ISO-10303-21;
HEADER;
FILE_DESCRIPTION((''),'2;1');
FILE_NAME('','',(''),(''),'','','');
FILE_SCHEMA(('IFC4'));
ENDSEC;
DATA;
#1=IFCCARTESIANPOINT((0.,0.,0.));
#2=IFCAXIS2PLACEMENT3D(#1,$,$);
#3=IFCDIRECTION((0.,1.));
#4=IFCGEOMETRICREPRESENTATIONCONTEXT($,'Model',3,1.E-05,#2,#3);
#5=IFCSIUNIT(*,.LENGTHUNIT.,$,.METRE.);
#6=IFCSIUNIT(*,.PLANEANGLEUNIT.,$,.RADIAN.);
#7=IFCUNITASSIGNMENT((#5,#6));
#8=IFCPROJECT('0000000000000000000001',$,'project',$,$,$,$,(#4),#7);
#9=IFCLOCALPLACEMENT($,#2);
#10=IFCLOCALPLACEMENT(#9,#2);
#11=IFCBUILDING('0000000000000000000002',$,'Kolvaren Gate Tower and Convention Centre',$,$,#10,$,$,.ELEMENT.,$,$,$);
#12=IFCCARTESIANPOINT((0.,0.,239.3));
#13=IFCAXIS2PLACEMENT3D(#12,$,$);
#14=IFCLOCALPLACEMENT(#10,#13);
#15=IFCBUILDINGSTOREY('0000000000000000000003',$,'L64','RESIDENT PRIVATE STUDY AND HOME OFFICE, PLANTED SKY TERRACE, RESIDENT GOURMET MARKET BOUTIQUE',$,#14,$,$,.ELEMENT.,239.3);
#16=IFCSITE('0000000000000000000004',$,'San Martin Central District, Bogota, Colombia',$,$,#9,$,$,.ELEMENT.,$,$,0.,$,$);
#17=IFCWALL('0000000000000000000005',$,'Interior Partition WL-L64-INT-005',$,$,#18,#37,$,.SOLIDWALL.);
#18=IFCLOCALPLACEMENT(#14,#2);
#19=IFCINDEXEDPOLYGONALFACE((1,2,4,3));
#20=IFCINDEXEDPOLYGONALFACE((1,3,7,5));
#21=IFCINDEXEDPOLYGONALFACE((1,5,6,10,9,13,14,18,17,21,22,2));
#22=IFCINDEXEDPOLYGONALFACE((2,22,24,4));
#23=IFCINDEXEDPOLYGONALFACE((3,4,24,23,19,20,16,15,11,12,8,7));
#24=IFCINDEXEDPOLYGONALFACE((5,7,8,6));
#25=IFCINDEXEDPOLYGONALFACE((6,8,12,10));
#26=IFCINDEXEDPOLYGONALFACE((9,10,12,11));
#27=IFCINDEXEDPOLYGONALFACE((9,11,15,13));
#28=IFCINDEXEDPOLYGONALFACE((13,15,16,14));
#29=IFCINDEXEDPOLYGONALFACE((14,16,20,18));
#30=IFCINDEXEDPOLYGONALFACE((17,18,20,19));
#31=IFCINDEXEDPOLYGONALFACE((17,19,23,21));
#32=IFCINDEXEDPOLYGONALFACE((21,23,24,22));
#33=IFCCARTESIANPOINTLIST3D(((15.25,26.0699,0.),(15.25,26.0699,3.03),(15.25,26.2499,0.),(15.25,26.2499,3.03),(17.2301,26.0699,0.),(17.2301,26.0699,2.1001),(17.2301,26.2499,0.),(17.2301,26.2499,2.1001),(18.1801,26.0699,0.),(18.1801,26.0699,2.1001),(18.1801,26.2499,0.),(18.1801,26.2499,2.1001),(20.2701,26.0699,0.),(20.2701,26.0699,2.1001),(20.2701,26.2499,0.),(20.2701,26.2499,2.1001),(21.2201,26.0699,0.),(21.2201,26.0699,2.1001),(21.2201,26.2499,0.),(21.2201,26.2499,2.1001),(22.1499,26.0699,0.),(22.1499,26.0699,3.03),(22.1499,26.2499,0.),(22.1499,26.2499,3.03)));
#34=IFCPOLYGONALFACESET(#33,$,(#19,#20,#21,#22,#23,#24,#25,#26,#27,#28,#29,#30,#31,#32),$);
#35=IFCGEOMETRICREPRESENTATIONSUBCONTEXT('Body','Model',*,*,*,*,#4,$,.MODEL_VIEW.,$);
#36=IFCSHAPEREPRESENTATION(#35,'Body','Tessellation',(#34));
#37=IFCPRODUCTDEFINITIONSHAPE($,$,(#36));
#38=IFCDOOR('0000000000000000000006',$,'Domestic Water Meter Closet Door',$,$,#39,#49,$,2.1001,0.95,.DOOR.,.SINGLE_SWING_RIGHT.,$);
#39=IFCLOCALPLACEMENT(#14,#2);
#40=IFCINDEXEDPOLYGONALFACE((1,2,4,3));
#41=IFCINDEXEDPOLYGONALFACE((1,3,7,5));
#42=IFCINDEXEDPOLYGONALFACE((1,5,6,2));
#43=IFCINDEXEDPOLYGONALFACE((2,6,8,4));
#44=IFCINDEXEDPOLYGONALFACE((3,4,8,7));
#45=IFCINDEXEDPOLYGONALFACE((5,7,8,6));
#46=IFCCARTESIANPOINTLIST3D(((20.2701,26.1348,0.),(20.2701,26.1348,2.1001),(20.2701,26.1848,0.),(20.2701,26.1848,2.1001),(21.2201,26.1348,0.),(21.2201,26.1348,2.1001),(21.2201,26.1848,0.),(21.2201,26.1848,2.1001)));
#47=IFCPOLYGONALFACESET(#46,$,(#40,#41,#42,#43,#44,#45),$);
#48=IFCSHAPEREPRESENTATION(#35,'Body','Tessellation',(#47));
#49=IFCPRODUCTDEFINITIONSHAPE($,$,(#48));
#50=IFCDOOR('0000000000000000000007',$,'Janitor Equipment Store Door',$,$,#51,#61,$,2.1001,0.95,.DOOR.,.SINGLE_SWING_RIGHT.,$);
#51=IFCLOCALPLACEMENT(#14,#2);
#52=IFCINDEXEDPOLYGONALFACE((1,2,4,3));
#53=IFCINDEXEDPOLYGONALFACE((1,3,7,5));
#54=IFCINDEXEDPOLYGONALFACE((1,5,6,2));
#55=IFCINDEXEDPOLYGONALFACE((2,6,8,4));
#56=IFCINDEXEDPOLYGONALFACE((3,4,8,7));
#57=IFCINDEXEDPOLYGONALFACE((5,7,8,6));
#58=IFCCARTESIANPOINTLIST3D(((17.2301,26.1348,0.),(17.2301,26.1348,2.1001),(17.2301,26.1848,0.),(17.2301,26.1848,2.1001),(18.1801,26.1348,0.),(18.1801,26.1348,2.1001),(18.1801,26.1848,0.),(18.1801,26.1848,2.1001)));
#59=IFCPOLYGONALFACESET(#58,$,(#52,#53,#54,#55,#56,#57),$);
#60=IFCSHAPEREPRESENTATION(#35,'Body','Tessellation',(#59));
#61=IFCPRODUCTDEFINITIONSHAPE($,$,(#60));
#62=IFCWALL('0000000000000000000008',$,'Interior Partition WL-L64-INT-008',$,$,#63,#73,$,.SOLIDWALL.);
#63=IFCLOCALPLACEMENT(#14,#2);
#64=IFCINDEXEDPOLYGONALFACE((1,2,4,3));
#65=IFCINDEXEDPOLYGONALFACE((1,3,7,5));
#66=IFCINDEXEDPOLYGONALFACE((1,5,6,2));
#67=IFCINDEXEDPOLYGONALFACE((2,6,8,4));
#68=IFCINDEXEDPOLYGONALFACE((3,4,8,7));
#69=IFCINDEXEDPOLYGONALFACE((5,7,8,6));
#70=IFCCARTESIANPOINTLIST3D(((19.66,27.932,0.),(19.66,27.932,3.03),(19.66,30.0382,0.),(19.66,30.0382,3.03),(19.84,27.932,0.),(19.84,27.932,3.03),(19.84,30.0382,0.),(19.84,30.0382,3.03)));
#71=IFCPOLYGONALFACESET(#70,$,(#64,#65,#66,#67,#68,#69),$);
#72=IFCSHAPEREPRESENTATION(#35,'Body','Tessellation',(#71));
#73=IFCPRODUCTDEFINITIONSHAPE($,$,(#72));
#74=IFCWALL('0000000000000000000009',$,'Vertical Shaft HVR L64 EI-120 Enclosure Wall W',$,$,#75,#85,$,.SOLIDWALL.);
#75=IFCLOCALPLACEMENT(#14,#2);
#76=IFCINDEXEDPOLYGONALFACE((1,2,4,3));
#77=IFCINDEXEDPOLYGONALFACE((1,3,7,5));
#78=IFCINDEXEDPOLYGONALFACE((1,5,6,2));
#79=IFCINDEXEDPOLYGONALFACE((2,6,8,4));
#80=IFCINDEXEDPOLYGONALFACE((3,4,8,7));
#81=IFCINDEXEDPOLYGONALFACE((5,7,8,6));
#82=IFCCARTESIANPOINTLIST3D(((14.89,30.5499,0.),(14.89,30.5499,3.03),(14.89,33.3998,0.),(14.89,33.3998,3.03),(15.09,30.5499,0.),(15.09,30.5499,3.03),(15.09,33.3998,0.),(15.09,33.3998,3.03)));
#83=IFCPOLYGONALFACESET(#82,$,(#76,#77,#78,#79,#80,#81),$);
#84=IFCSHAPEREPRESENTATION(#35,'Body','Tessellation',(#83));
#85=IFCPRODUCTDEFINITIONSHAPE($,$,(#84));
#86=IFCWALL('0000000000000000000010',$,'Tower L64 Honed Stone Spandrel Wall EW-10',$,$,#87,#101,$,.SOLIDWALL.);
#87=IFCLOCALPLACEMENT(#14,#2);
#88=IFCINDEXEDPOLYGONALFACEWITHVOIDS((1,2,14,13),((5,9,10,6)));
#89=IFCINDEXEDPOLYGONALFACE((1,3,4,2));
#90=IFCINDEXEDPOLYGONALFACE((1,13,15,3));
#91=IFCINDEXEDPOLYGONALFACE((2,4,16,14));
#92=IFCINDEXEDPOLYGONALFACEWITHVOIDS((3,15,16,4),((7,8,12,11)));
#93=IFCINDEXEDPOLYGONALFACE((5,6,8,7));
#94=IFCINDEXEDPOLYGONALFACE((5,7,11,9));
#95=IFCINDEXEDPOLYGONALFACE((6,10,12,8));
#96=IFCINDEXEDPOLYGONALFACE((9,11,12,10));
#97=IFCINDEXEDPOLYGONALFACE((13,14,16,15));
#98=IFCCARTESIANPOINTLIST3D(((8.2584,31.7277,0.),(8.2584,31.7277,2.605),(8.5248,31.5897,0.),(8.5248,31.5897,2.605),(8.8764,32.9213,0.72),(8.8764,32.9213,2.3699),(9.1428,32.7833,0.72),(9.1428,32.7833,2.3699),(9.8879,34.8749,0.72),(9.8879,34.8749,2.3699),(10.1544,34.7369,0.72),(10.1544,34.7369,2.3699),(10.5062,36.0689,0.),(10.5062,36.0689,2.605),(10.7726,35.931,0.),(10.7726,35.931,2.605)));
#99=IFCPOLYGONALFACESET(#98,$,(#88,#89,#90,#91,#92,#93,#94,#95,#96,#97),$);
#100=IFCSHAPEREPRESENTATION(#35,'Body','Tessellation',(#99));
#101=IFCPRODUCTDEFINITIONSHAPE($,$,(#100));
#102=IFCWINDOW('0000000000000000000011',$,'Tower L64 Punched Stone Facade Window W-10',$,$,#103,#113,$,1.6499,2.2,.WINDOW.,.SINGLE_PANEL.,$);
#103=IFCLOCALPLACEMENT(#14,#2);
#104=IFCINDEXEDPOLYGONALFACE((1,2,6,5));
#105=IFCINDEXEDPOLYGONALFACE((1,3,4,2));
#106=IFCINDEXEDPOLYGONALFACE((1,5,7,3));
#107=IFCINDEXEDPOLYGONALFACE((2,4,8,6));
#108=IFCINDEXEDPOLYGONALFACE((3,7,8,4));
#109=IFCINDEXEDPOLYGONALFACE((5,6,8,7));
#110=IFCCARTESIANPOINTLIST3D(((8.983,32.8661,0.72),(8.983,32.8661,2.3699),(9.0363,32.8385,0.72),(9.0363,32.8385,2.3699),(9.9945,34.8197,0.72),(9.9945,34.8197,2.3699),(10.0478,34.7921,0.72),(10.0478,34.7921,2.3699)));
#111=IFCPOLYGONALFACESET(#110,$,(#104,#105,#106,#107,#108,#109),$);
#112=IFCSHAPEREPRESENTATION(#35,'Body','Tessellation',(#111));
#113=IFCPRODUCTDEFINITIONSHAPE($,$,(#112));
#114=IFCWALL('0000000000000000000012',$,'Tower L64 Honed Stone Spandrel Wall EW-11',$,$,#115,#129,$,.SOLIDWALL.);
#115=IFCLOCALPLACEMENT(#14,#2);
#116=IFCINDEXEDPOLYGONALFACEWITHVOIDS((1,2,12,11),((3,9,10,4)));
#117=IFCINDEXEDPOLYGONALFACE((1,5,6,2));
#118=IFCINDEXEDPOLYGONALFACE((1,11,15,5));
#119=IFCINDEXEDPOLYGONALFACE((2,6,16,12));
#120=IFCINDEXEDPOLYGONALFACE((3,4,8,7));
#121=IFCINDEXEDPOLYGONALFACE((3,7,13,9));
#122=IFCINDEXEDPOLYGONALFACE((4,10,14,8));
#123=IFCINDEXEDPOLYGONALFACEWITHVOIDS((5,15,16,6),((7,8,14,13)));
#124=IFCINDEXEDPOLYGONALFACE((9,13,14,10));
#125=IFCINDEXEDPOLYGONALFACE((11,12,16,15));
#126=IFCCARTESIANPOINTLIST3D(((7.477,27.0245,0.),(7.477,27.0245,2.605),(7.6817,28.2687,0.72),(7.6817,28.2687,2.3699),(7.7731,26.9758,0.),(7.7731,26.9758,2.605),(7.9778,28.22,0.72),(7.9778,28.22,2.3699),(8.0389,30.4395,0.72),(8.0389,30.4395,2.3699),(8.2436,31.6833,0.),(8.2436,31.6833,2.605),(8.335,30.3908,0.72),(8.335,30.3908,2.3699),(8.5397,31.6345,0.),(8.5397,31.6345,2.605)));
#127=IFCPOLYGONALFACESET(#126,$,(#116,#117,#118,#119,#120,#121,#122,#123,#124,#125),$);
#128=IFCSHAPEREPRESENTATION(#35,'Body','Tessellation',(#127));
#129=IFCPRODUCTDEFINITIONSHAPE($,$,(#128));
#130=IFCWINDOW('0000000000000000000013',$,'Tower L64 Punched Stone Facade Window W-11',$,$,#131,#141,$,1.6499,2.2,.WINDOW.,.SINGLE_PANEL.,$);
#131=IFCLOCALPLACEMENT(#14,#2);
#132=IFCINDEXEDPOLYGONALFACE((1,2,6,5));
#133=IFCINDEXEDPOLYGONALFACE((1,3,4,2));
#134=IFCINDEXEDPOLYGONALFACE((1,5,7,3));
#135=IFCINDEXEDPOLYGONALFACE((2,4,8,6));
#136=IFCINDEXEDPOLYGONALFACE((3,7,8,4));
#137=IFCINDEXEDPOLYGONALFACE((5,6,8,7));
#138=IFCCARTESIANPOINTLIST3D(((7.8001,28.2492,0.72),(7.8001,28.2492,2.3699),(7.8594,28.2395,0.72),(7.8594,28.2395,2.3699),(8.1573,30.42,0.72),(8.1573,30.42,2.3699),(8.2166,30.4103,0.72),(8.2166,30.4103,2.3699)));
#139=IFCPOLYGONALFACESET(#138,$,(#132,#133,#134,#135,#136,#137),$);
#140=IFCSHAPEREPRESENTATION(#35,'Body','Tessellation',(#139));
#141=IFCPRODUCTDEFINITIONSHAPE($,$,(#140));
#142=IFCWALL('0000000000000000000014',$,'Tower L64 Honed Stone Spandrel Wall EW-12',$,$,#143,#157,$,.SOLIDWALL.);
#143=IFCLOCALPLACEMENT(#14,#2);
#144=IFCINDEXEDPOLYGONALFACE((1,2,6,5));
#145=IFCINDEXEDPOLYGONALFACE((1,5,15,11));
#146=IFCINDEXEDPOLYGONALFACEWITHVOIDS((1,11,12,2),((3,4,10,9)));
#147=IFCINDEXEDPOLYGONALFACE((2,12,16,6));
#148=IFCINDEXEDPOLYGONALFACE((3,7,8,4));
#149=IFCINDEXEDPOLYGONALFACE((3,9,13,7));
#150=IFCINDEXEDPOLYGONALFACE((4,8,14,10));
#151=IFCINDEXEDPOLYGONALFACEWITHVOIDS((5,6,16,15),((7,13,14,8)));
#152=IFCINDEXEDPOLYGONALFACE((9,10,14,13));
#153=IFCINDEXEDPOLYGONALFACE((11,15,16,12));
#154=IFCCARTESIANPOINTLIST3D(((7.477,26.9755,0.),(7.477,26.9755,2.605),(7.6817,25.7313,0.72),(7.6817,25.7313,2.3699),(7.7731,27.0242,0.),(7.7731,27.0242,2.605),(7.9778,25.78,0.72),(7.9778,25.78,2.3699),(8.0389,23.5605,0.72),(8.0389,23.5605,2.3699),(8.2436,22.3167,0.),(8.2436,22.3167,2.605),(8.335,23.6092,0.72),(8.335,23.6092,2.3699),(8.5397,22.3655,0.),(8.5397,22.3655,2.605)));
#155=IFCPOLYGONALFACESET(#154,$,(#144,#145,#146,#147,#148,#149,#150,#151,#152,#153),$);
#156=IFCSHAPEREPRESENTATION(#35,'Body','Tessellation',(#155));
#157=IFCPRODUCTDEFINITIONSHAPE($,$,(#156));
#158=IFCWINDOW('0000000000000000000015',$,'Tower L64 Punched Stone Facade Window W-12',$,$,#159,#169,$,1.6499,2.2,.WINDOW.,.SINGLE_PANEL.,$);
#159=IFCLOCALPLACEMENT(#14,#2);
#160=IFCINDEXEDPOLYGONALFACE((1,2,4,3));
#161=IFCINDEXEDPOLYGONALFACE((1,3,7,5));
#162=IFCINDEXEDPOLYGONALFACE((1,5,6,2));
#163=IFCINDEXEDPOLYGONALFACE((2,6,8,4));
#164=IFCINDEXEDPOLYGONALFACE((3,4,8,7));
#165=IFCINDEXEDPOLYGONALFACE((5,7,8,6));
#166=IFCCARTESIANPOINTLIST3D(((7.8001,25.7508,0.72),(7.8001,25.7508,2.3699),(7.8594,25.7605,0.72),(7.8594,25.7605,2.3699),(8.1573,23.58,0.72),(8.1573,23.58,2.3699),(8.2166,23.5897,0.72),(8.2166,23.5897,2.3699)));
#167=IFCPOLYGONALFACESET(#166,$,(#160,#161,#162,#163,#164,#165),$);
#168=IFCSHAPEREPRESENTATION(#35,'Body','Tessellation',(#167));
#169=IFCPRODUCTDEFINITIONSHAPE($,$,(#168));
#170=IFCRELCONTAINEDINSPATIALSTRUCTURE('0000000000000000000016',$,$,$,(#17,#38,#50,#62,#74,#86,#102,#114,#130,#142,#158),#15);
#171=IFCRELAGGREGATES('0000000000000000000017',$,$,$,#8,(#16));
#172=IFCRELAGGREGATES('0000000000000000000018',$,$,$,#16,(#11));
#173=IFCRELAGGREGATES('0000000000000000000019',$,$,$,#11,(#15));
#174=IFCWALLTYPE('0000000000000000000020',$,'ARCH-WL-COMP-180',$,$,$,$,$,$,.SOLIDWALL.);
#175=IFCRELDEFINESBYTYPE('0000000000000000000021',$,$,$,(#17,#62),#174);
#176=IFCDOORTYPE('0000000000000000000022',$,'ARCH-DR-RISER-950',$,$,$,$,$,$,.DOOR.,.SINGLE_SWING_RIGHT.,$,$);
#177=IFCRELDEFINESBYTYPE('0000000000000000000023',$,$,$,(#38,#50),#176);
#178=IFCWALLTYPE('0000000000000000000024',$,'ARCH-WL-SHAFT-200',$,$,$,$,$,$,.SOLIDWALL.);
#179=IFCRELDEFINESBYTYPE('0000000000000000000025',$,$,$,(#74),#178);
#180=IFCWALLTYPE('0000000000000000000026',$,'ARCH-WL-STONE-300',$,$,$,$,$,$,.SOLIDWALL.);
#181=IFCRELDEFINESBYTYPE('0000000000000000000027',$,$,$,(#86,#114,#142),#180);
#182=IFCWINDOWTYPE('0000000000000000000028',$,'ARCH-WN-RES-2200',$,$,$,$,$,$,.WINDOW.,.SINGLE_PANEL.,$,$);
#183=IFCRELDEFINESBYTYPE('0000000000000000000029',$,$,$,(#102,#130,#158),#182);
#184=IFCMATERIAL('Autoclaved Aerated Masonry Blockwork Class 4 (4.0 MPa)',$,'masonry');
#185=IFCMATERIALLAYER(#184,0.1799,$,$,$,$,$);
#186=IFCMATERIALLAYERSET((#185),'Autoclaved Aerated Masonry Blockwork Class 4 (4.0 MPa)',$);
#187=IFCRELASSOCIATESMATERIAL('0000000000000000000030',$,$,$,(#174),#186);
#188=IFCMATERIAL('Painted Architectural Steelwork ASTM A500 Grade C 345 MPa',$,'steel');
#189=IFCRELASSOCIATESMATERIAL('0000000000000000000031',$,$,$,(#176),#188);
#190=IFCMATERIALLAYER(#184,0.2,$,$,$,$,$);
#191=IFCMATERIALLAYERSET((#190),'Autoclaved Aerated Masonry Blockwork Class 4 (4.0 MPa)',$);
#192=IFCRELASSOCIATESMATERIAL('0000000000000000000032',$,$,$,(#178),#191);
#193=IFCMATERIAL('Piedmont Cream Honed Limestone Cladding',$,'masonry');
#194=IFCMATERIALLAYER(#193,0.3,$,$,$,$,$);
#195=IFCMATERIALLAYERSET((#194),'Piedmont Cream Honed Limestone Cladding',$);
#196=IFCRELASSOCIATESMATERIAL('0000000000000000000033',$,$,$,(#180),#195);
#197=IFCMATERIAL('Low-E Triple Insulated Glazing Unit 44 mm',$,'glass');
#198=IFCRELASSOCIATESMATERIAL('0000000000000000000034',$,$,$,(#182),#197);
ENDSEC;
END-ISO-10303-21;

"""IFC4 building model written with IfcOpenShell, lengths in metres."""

from ifc_helpers import new_model, si_unit, direction, frame, frame_2d, origin, place, context, subcontext, project, spatial, rectangle, extrude, material, layer, layer_set, type_object, element, fill, save


model = new_model("IFC4")

# Units and contexts
model_context = context("Model", 3, precision=1e-05, world=origin(), true_north=direction((0.0, 1.0)))
body_context = subcontext(model_context, "Body", "Model", "MODEL_VIEW")
ifc_project = project(units=[si_unit("LENGTHUNIT", "METRE"), si_unit("PLANEANGLEUNIT", "RADIAN")], contexts=[model_context])

# Site, building, storey
site_placement = place(None, origin())
site = spatial("IfcSite", under=ifc_project, at=site_placement, Name="San Martin Central District, Bogota, Colombia", CompositionType="ELEMENT", RefElevation=0.0)
building_placement = place(site_placement, origin())
building = spatial("IfcBuilding", under=site, at=building_placement, Name="Kolvaren Gate Tower and Convention Centre", CompositionType="ELEMENT")
storey_placement = place(building_placement, frame((0.0, 0.0, 239.3)))
storey = spatial("IfcBuildingStorey", under=building, at=storey_placement, Name="L64", Description="RESIDENT PRIVATE STUDY AND HOME OFFICE, PLANTED SKY TERRACE, RESIDENT GOURMET MARKET BOUTIQUE", CompositionType="ELEMENT", Elevation=239.3)

# Wall, openings, doors
ifc_material_1 = material(Name="Autoclaved Aerated Masonry Blockwork Class 4 (4.0 MPa)", Category="masonry")
ifc_layer_1 = layer(ifc_material_1, 0.1799)
ifc_layer_set_1 = layer_set([ifc_layer_1], Name="Autoclaved Aerated Masonry Blockwork Class 4 (4.0 MPa)")
wall_type_1 = type_object("IfcWallType", Name="ARCH-WL-COMP-180", PredefinedType="SOLIDWALL", material=ifc_layer_set_1)
ifc_material_2 = material(Name="Painted Architectural Steelwork ASTM A500 Grade C 345 MPa", Category="steel")
door_type = type_object("IfcDoorType", Name="ARCH-DR-RISER-950", OperationType="SINGLE_SWING_RIGHT", PredefinedType="DOOR", material=ifc_material_2)
wall_1_placement = place(storey_placement, frame((15.25, 26.1599, 0.0), z_axis=(0.0, 0.0, 1.0), x_axis=(1.0, 0.0, 0.0)))
wall_1 = element("IfcWall", 1, at=wall_1_placement, inside=storey, type_object=wall_type_1, Name="Interior Partition WL-L64-INT-005", PredefinedType="SOLIDWALL", context=body_context, shape_type="SweptSolid", body=[
    extrude(rectangle(XDim=6.8999, YDim=0.1799, at=frame_2d((3.45, 0.0))), origin(), (0.0, 0.0, 1.0), 3.03),
])
opening_1_placement = place(wall_1_placement, frame((5.02, 0.0, 0.0)))
opening_1 = element("IfcOpeningElement", 2, at=opening_1_placement, cuts=wall_1, PredefinedType="OPENING", context=body_context, shape_type="SweptSolid", body=[
    extrude(rectangle(XDim=0.95, YDim=2.1001, at=frame_2d((0.4751, 1.05))), frame((0.0, 0.0999, 0.0), z_axis=(0.0, -1.0, 0.0), x_axis=(1.0, 0.0, 0.0)), (0.0, 0.0, 1.0), 0.2),
])
opening_2_placement = place(wall_1_placement, frame((1.98, 0.0, 0.0)))
opening_2 = element("IfcOpeningElement", 3, at=opening_2_placement, cuts=wall_1, PredefinedType="OPENING", context=body_context, shape_type="SweptSolid", body=[
    extrude(rectangle(XDim=0.95, YDim=2.1001, at=frame_2d((0.4751, 1.05))), frame((0.0, 0.0999, 0.0), z_axis=(0.0, -1.0, 0.0), x_axis=(1.0, 0.0, 0.0)), (0.0, 0.0, 1.0), 0.2),
])
door_1_placement = place(opening_1_placement, origin())
door_1 = element("IfcDoor", 4, at=door_1_placement, inside=storey, type_object=door_type, Name="Domestic Water Meter Closet Door", OperationType="SINGLE_SWING_RIGHT", OverallHeight=2.1001, OverallWidth=0.95, PredefinedType="DOOR", context=body_context, shape_type="SweptSolid", body=[
    extrude(rectangle(XDim=0.95, YDim=2.1001, at=frame_2d((0.4751, 1.05))), frame((0.0, 0.0249, 0.0), z_axis=(0.0, -1.0, 0.0), x_axis=(1.0, 0.0, 0.0)), (0.0, 0.0, 1.0), 0.05),
])
fill(opening_1, door_1)
door_2_placement = place(opening_2_placement, origin())
door_2 = element("IfcDoor", 5, at=door_2_placement, inside=storey, type_object=door_type, Name="Janitor Equipment Store Door", OperationType="SINGLE_SWING_RIGHT", OverallHeight=2.1001, OverallWidth=0.95, PredefinedType="DOOR", context=body_context, shape_type="SweptSolid", body=[
    extrude(rectangle(XDim=0.95, YDim=2.1001, at=frame_2d((0.4751, 1.05))), frame((0.0, 0.0249, 0.0), z_axis=(0.0, -1.0, 0.0), x_axis=(1.0, 0.0, 0.0)), (0.0, 0.0, 1.0), 0.05),
])
fill(opening_2, door_2)

# Walls
wall_2_placement = place(storey_placement, frame((19.75, 27.9319, 0.0), z_axis=(0.0, 0.0, 1.0), x_axis=(0.0, 1.0, 0.0)))
element("IfcWall", 6, at=wall_2_placement, inside=storey, type_object=wall_type_1, Name="Interior Partition WL-L64-INT-008", PredefinedType="SOLIDWALL", context=body_context, shape_type="SweptSolid", body=[
    extrude(rectangle(XDim=2.1062, YDim=0.1799, at=frame_2d((1.0532, 0.0))), origin(), (0.0, 0.0, 1.0), 3.03),
])
ifc_layer_2 = layer(ifc_material_1, 0.2)
ifc_layer_set_2 = layer_set([ifc_layer_2], Name="Autoclaved Aerated Masonry Blockwork Class 4 (4.0 MPa)")
wall_type_2 = type_object("IfcWallType", Name="ARCH-WL-SHAFT-200", PredefinedType="SOLIDWALL", material=ifc_layer_set_2)
wall_3_placement = place(storey_placement, frame((14.99, 30.55, 0.0), z_axis=(0.0, 0.0, 1.0), x_axis=(0.0, 1.0, 0.0)))
element("IfcWall", 7, at=wall_3_placement, inside=storey, type_object=wall_type_2, Name="Vertical Shaft HVR L64 EI-120 Enclosure Wall W", PredefinedType="SOLIDWALL", context=body_context, shape_type="SweptSolid", body=[
    extrude(rectangle(XDim=2.8499, YDim=0.2, at=frame_2d((1.4248, 0.0))), origin(), (0.0, 0.0, 1.0), 3.03),
])

# Walls, openings, windows
ifc_material_3 = material(Name="Piedmont Cream Honed Limestone Cladding", Category="masonry")
ifc_layer_3 = layer(ifc_material_3, 0.3)
ifc_layer_set_3 = layer_set([ifc_layer_3], Name="Piedmont Cream Honed Limestone Cladding")
wall_type_3 = type_object("IfcWallType", Name="ARCH-WL-STONE-300", PredefinedType="SOLIDWALL", material=ifc_layer_set_3)
wall_4_placement = place(storey_placement, frame((8.3916, 31.6587, 0.0), z_axis=(0.0, 0.0, 1.0), x_axis=(0.459794, 0.888026, 0.0)))
wall_4 = element("IfcWall", 8, at=wall_4_placement, inside=storey, type_object=wall_type_3, Name="Tower L64 Honed Stone Spandrel Wall EW-10", PredefinedType="SOLIDWALL", context=body_context, shape_type="SweptSolid", body=[
    extrude(rectangle(XDim=4.8887, YDim=0.3, at=frame_2d((2.4443, 0.0))), origin(), (0.0, 0.0, 1.0), 2.605),
])
opening_3_placement = place(wall_4_placement, frame((1.344, 0.0, 0.72)))
opening_3 = element("IfcOpeningElement", 9, at=opening_3_placement, cuts=wall_4, PredefinedType="OPENING", context=body_context, shape_type="SweptSolid", body=[
    extrude(rectangle(XDim=2.2, YDim=1.6499, at=frame_2d((1.1001, 0.825))), frame((0.0, 0.1599, 0.0), z_axis=(0.0, -1.0, 0.0), x_axis=(1.0, 0.0, 0.0)), (0.0, 0.0, 1.0), 0.3201),
])
ifc_material_4 = material(Name="Low-E Triple Insulated Glazing Unit 44 mm", Category="glass")
window_type = type_object("IfcWindowType", Name="ARCH-WN-RES-2200", PartitioningType="SINGLE_PANEL", PredefinedType="WINDOW", material=ifc_material_4)
window_1_placement = place(opening_3_placement, origin())
window_1 = element("IfcWindow", 10, at=window_1_placement, inside=storey, type_object=window_type, Name="Tower L64 Punched Stone Facade Window W-10", OverallHeight=1.6499, OverallWidth=2.2, PartitioningType="SINGLE_PANEL", PredefinedType="WINDOW", context=body_context, shape_type="SweptSolid", body=[
    extrude(rectangle(XDim=2.2, YDim=1.6499, at=frame_2d((1.1001, 0.825))), frame((0.0, 0.03, 0.0), z_axis=(0.0, -1.0, 0.0), x_axis=(1.0, 0.0, 0.0)), (0.0, 0.0, 1.0), 0.0601),
])
fill(opening_3, window_1)
wall_5_placement = place(storey_placement, frame((7.625, 27.0, 0.0), z_axis=(0.0, 0.0, 1.0), x_axis=(0.162369, 0.98673, 0.0)))
wall_5 = element("IfcWall", 11, at=wall_5_placement, inside=storey, type_object=wall_type_3, Name="Tower L64 Honed Stone Spandrel Wall EW-11", PredefinedType="SOLIDWALL", context=body_context, shape_type="SweptSolid", body=[
    extrude(rectangle(XDim=4.7214, YDim=0.3, at=frame_2d((2.3608, 0.0))), origin(), (0.0, 0.0, 1.0), 2.605),
])
opening_4_placement = place(wall_5_placement, frame((1.261, 0.0, 0.72)))
opening_4 = element("IfcOpeningElement", 12, at=opening_4_placement, cuts=wall_5, PredefinedType="OPENING", context=body_context, shape_type="SweptSolid", body=[
    extrude(rectangle(XDim=2.2, YDim=1.6499, at=frame_2d((1.1001, 0.825))), frame((0.0, 0.1599, 0.0), z_axis=(0.0, -1.0, 0.0), x_axis=(1.0, 0.0, 0.0)), (0.0, 0.0, 1.0), 0.3201),
])
window_2_placement = place(opening_4_placement, origin())
window_2 = element("IfcWindow", 13, at=window_2_placement, inside=storey, type_object=window_type, Name="Tower L64 Punched Stone Facade Window W-11", OverallHeight=1.6499, OverallWidth=2.2, PartitioningType="SINGLE_PANEL", PredefinedType="WINDOW", context=body_context, shape_type="SweptSolid", body=[
    extrude(rectangle(XDim=2.2, YDim=1.6499, at=frame_2d((1.1001, 0.825))), frame((0.0, 0.03, 0.0), z_axis=(0.0, -1.0, 0.0), x_axis=(1.0, 0.0, 0.0)), (0.0, 0.0, 1.0), 0.0601),
])
fill(opening_4, window_2)
wall_6_placement = place(storey_placement, frame((7.625, 27.0, 0.0), z_axis=(0.0, 0.0, 1.0), x_axis=(0.162369, -0.98673, 0.0)))
wall_6 = element("IfcWall", 14, at=wall_6_placement, inside=storey, type_object=wall_type_3, Name="Tower L64 Honed Stone Spandrel Wall EW-12", PredefinedType="SOLIDWALL", context=body_context, shape_type="SweptSolid", body=[
    extrude(rectangle(XDim=4.7214, YDim=0.3, at=frame_2d((2.3608, 0.0))), origin(), (0.0, 0.0, 1.0), 2.605),
])
opening_5_placement = place(wall_6_placement, frame((1.261, 0.0, 0.72)))
opening_5 = element("IfcOpeningElement", 15, at=opening_5_placement, cuts=wall_6, PredefinedType="OPENING", context=body_context, shape_type="SweptSolid", body=[
    extrude(rectangle(XDim=2.2, YDim=1.6499, at=frame_2d((1.1001, 0.825))), frame((0.0, 0.1599, 0.0), z_axis=(0.0, -1.0, 0.0), x_axis=(1.0, 0.0, 0.0)), (0.0, 0.0, 1.0), 0.3201),
])
window_3_placement = place(opening_5_placement, origin())
window_3 = element("IfcWindow", 16, at=window_3_placement, inside=storey, type_object=window_type, Name="Tower L64 Punched Stone Facade Window W-12", OverallHeight=1.6499, OverallWidth=2.2, PartitioningType="SINGLE_PANEL", PredefinedType="WINDOW", context=body_context, shape_type="SweptSolid", body=[
    extrude(rectangle(XDim=2.2, YDim=1.6499, at=frame_2d((1.1001, 0.825))), frame((0.0, 0.03, 0.0), z_axis=(0.0, -1.0, 0.0), x_axis=(1.0, 0.0, 0.0)), (0.0, 0.0, 1.0), 0.0601),
])
fill(opening_5, window_3)

save(model, "model.ifc")
